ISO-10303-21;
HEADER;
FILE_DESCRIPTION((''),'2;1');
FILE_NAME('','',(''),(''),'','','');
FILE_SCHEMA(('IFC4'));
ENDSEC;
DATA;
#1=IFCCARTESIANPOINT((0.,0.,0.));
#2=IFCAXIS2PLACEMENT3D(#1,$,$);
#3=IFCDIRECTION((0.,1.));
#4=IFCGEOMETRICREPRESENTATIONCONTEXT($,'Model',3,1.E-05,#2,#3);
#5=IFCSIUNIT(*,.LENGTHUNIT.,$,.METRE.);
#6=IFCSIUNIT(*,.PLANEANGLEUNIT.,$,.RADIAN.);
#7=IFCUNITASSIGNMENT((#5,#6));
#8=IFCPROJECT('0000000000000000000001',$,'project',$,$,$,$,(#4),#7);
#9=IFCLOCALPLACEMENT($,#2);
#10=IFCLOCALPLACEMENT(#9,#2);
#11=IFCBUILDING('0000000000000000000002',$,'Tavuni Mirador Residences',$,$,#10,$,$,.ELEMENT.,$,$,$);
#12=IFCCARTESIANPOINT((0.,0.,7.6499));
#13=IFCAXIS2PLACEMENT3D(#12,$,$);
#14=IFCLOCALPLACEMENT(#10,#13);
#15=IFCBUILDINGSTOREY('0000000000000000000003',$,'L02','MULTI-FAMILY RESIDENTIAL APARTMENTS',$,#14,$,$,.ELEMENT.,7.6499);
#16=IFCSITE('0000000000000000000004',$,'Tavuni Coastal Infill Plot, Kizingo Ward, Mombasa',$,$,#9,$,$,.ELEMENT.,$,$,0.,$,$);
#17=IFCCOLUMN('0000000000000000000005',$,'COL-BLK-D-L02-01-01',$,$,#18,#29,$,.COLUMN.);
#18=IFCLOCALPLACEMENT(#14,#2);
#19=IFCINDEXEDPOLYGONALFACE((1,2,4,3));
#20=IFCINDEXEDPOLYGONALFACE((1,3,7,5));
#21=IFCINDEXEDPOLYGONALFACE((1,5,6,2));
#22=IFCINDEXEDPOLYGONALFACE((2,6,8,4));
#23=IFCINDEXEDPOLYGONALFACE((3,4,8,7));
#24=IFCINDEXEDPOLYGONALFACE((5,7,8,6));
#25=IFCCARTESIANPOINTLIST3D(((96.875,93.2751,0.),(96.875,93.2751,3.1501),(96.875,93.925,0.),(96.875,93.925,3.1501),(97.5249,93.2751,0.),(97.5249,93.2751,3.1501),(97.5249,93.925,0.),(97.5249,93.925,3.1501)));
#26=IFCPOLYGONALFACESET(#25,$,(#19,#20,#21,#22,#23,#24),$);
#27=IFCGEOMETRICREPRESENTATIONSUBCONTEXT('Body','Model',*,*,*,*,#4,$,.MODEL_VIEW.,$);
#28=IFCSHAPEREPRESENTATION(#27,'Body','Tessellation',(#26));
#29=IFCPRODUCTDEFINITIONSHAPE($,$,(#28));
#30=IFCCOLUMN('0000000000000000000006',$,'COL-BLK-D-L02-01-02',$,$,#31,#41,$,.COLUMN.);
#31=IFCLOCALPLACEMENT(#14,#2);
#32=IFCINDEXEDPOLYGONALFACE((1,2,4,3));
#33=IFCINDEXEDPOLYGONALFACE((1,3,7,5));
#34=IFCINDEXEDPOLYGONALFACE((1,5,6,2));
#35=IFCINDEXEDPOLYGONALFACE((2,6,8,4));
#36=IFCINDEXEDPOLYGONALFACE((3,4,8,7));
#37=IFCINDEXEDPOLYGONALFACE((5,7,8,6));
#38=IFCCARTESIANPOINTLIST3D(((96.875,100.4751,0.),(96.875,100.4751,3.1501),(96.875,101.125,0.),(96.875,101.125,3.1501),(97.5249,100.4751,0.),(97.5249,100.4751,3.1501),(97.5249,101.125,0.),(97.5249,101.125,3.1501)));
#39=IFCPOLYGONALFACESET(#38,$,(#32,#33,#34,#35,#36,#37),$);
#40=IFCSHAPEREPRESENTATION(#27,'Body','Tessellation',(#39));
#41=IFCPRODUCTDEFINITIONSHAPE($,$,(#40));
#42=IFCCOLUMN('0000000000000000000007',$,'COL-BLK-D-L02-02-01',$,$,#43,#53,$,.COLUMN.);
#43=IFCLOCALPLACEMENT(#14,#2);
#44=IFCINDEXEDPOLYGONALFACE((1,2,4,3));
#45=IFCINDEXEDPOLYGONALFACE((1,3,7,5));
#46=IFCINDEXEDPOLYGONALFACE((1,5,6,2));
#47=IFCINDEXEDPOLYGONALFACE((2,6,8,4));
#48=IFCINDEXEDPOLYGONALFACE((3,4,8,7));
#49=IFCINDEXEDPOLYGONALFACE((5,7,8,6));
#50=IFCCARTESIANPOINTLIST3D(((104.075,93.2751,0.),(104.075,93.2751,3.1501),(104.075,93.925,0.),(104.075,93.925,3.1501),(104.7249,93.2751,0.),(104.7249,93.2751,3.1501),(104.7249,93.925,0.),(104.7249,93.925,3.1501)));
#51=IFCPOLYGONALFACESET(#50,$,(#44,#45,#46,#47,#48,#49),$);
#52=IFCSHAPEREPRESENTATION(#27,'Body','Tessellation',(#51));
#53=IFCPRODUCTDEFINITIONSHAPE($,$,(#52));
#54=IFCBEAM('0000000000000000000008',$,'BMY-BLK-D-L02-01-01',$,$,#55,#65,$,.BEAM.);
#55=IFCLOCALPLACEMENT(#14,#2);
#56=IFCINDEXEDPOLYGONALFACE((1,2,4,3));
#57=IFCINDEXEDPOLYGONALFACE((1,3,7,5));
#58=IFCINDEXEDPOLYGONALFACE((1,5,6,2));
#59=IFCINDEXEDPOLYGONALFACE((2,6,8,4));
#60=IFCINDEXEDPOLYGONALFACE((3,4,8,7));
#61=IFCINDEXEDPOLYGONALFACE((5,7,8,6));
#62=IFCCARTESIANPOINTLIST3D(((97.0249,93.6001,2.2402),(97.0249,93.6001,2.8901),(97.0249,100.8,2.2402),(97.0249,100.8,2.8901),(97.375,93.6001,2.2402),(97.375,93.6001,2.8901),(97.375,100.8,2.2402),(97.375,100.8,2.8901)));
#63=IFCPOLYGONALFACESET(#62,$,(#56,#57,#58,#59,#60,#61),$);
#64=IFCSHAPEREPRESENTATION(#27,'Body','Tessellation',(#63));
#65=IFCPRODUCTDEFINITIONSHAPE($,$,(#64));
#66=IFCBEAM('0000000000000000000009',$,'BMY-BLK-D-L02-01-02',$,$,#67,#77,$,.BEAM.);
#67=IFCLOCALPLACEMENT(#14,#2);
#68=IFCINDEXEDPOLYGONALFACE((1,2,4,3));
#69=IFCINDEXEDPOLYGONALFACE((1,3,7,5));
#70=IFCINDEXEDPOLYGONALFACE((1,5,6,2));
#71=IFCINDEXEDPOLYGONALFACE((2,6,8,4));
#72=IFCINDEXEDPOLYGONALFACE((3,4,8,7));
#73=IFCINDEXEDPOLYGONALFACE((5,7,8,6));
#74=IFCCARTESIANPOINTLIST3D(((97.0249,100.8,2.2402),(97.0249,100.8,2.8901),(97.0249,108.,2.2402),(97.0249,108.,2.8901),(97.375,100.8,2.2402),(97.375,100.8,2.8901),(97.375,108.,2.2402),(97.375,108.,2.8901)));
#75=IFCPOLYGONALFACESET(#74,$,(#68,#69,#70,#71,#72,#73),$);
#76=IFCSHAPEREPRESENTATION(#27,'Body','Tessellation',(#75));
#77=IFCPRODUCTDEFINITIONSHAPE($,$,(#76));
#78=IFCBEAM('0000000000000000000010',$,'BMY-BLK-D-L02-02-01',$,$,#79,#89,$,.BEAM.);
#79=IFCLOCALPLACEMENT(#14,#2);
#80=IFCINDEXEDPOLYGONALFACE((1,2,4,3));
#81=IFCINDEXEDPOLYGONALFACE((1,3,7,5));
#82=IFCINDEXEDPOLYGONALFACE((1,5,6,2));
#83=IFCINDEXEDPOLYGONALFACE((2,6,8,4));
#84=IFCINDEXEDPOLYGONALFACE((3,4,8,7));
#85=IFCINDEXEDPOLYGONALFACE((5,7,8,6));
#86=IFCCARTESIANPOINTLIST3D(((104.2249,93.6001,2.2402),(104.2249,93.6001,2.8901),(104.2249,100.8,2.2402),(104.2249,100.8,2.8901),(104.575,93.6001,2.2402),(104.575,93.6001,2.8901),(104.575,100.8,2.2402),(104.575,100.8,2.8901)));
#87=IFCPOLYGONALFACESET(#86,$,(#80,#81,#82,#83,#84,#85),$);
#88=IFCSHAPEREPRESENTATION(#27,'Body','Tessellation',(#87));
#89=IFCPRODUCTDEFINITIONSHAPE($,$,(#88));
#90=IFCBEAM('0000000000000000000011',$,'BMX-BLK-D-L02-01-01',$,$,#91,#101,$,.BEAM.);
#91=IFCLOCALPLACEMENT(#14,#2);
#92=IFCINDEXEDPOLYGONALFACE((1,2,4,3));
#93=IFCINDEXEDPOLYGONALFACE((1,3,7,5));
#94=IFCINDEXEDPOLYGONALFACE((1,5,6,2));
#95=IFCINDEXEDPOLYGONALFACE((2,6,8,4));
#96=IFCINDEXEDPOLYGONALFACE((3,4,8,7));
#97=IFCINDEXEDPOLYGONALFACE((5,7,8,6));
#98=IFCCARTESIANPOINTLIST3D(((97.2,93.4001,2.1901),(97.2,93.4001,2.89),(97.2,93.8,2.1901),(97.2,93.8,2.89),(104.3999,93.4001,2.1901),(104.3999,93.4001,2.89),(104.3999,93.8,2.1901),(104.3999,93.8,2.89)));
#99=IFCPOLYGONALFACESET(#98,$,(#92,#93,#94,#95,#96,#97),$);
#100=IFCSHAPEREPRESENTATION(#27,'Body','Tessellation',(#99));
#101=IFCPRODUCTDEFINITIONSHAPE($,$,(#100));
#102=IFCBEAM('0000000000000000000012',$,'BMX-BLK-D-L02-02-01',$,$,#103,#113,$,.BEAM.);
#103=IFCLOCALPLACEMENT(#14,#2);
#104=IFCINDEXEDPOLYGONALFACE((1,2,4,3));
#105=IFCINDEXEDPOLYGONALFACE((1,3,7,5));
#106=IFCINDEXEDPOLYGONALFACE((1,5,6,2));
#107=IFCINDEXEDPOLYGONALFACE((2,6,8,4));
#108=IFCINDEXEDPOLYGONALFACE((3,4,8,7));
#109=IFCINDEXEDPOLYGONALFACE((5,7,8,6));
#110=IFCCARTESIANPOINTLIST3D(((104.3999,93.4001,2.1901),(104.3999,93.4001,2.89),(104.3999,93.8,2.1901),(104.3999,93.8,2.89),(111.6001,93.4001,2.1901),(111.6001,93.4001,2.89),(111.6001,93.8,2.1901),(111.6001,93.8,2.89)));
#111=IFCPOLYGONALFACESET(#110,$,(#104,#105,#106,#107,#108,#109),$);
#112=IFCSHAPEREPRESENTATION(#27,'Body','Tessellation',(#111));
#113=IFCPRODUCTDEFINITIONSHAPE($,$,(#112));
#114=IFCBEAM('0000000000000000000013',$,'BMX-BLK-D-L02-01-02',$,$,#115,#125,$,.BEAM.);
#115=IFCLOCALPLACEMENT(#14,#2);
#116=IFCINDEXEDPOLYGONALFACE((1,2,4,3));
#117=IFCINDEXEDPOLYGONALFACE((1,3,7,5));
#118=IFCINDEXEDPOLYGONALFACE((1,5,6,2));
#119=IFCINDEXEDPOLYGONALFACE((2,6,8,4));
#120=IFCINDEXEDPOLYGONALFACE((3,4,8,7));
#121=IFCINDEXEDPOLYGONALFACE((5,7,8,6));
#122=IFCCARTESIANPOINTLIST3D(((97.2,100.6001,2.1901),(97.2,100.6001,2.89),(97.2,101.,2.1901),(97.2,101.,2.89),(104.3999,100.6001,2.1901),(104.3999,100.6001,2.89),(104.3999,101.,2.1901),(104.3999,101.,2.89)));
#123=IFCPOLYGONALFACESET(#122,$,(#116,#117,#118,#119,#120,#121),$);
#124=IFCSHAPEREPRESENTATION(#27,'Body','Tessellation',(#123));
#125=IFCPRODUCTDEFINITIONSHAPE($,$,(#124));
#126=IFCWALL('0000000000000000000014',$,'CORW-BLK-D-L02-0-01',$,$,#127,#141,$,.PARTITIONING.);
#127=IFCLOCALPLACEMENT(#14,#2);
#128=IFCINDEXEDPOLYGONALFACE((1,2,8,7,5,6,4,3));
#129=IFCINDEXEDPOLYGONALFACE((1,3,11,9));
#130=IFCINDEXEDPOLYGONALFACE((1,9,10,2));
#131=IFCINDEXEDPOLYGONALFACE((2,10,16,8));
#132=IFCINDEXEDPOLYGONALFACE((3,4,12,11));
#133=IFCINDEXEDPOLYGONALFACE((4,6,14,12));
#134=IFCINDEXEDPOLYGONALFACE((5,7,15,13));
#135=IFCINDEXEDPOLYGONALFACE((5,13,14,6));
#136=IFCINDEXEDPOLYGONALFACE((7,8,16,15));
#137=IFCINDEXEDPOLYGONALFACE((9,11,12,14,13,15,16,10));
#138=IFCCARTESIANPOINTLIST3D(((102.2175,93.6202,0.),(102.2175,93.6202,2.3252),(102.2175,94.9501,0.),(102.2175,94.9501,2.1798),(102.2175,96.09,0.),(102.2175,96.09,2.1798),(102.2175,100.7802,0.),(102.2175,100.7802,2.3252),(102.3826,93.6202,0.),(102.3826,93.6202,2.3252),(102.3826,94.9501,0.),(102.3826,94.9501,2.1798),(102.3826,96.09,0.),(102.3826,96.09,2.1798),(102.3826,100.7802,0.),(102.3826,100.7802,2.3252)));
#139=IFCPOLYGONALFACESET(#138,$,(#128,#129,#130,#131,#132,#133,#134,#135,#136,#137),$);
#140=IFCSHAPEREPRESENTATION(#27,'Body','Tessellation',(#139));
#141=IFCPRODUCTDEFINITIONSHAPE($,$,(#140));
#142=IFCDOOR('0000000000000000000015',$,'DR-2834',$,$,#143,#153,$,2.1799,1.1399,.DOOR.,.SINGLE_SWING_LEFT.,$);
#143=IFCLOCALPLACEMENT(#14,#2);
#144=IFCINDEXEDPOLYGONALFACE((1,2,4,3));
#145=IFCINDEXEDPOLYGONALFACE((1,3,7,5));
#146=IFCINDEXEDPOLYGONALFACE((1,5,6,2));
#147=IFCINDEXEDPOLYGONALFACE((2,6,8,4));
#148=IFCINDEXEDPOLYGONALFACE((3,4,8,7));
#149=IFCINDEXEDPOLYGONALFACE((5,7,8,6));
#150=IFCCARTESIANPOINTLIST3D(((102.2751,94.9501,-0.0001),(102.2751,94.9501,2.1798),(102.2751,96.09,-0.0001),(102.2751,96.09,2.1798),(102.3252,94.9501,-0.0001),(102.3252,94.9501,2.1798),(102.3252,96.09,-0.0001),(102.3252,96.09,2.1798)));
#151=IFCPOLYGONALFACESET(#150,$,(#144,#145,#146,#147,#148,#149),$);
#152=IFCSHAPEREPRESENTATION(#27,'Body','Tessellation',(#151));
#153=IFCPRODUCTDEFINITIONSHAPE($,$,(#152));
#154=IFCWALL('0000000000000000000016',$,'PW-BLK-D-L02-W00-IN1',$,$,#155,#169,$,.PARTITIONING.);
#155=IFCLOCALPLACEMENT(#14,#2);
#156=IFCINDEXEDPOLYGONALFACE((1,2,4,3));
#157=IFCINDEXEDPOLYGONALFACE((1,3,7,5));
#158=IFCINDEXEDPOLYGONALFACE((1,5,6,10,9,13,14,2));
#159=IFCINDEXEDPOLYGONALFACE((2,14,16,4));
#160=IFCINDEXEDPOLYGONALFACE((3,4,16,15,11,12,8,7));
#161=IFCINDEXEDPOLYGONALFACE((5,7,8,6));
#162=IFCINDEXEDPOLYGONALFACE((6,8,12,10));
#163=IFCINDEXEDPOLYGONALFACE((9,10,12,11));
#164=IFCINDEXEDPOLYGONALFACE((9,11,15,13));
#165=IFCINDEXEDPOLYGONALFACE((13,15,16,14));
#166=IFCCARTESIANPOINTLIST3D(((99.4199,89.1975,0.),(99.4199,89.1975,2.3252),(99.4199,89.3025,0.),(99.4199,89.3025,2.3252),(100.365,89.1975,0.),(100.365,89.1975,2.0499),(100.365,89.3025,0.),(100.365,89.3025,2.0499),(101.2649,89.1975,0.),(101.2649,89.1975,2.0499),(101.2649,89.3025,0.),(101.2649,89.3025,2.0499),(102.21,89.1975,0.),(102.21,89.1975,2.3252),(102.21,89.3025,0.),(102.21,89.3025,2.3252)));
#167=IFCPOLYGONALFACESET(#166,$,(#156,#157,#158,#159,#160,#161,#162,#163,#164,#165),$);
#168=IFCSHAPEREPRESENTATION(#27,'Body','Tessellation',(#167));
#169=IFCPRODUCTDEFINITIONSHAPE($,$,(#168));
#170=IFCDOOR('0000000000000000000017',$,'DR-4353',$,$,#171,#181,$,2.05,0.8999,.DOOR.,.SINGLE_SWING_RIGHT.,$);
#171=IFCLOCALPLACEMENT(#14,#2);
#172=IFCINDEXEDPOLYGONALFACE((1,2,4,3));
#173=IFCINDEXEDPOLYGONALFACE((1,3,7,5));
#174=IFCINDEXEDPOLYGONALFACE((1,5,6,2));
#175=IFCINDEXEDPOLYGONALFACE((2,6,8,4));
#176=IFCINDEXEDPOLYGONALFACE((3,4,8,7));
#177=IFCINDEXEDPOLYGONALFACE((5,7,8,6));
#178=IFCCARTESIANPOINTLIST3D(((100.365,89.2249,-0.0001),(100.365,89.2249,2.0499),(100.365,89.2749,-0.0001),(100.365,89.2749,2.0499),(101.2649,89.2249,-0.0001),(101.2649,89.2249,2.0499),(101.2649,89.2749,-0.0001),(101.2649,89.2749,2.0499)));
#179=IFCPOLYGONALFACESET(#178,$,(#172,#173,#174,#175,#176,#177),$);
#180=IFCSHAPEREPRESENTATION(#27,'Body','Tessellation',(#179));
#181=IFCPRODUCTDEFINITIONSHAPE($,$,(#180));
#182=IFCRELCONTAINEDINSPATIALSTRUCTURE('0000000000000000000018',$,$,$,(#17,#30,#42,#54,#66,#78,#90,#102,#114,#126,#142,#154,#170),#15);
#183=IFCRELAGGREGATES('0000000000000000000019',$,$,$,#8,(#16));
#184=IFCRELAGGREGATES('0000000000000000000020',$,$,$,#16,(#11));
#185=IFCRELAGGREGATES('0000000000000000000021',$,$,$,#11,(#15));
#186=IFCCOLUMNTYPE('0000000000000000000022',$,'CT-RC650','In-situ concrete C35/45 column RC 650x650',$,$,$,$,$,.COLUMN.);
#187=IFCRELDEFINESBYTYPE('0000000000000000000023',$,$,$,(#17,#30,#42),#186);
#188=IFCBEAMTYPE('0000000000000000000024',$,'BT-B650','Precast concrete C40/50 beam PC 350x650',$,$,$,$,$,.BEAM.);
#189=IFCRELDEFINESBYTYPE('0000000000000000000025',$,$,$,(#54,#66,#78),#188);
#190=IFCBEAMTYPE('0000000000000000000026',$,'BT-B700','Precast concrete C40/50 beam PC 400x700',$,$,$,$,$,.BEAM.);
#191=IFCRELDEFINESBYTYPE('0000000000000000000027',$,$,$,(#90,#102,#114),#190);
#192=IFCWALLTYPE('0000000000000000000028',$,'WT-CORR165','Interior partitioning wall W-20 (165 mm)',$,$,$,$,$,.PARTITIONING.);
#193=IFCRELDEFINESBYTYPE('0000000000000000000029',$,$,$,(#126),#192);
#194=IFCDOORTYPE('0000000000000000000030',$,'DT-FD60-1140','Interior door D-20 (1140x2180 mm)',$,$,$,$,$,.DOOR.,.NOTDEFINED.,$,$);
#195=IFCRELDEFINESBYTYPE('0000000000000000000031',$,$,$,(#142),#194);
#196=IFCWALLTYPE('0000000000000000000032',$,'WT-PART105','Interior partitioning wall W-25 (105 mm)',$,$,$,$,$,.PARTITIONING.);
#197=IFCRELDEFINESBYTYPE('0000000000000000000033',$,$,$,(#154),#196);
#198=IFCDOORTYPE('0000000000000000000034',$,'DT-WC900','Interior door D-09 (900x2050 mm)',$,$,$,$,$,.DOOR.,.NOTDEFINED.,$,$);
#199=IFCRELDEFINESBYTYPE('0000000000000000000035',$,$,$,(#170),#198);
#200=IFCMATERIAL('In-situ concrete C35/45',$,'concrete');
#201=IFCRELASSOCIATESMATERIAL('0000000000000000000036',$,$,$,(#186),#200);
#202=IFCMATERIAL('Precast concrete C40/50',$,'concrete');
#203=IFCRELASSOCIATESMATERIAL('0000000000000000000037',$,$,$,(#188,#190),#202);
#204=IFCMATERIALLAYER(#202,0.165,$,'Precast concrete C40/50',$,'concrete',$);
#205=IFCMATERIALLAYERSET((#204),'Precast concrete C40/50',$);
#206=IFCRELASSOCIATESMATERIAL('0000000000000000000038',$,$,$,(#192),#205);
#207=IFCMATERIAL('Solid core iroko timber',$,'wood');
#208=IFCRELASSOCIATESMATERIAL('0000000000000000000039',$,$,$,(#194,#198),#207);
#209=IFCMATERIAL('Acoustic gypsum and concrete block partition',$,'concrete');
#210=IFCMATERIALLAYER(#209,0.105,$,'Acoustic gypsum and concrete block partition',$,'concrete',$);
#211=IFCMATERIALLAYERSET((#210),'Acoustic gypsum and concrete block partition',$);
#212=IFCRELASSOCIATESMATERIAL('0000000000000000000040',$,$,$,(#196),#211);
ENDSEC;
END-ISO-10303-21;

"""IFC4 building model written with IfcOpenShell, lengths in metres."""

from ifc_helpers import new_model, si_unit, direction, frame, frame_2d, origin, origin_2d, place, context, subcontext, project, spatial, rectangle, extrude, material, layer, layer_set, material_profile, profile_set, type_object, element, fill, save


model = new_model("IFC4")

# Units and contexts
model_context = context("Model", 3, precision=1e-05, world=origin(), true_north=direction((0.0, 1.0)))
body_context = subcontext(model_context, "Body", "Model", "MODEL_VIEW")
ifc_project = project(units=[si_unit("LENGTHUNIT", "METRE"), si_unit("PLANEANGLEUNIT", "RADIAN")], contexts=[model_context])

# Site, building, storey
site_placement = place(None, origin())
site = spatial("IfcSite", under=ifc_project, at=site_placement, Name="Tavuni Coastal Infill Plot, Kizingo Ward, Mombasa", CompositionType="ELEMENT", RefElevation=0.0)
building_placement = place(site_placement, origin())
building = spatial("IfcBuilding", under=site, at=building_placement, Name="Tavuni Mirador Residences", CompositionType="ELEMENT")
storey_placement = place(building_placement, frame((0.0, 0.0, 7.6499)))
storey = spatial("IfcBuildingStorey", under=building, at=storey_placement, Name="L02", Description="MULTI-FAMILY RESIDENTIAL APARTMENTS", CompositionType="ELEMENT", Elevation=7.6499)

# Columns
ifc_material_1 = material(Name="In-situ concrete C35/45", Category="concrete")
ifc_material_profile_1 = material_profile(ifc_material_1, rectangle(XDim=0.6499, YDim=0.6499, at=origin_2d()), Name="RC 650x650", Category="concrete")
ifc_profile_set_1 = profile_set([ifc_material_profile_1], Name="In-situ concrete C35/45")
column_type = type_object("IfcColumnType", Name="CT-RC650", Description="In-situ concrete C35/45 column RC 650x650", PredefinedType="COLUMN", material=ifc_profile_set_1)
for number, where, z_axis, x_axis, name in (
    (1, (97.2, 93.6001, 0.0), (0.0, 0.0, 1.0), (1.0, 0.0, 0.0), "COL-BLK-D-L02-01-01"),
    (2, (97.2, 100.8, 0.0), (0.0, 0.0, 1.0), (1.0, 0.0, 0.0), "COL-BLK-D-L02-01-02"),
    (3, (104.3999, 93.6001, 0.0), (0.0, 0.0, 1.0), (1.0, 0.0, 0.0), "COL-BLK-D-L02-02-01"),
):
    element("IfcColumn", number, at=place(storey_placement, frame(where, z_axis=z_axis, x_axis=x_axis)), inside=storey, type_object=column_type, Name=name, PredefinedType="COLUMN", context=body_context, shape_type="SweptSolid", body=[
        extrude(rectangle(XDim=0.6499, YDim=0.6499, at=origin_2d()), origin(), (0.0, 0.0, 1.0), 3.1501),
    ])

# Beams
ifc_material_2 = material(Name="Precast concrete C40/50", Category="concrete")
ifc_material_profile_2 = material_profile(ifc_material_2, rectangle(XDim=0.3501, YDim=0.6499, at=origin_2d()), Name="PC 350x650", Category="concrete")
ifc_profile_set_2 = profile_set([ifc_material_profile_2], Name="Precast concrete C40/50")
beam_type_1 = type_object("IfcBeamType", Name="BT-B650", Description="Precast concrete C40/50 beam PC 350x650", PredefinedType="BEAM", material=ifc_profile_set_2)
for number, where, z_axis, x_axis, name in (
    (4, (97.2, 93.6001, 2.5652), (0.0, 1.0, 0.0), (-1.0, 0.0, 0.0), "BMY-BLK-D-L02-01-01"),
    (5, (97.2, 100.8, 2.5652), (0.0, 1.0, 0.0), (-1.0, 0.0, 0.0), "BMY-BLK-D-L02-01-02"),
    (6, (104.3999, 93.6001, 2.5652), (0.0, 1.0, 0.0), (-1.0, 0.0, 0.0), "BMY-BLK-D-L02-02-01"),
):
    element("IfcBeam", number, at=place(storey_placement, frame(where, z_axis=z_axis, x_axis=x_axis)), inside=storey, type_object=beam_type_1, Name=name, PredefinedType="BEAM", context=body_context, shape_type="SweptSolid", body=[
        extrude(rectangle(XDim=0.3501, YDim=0.6499, at=origin_2d()), origin(), (0.0, 0.0, 1.0), 7.2),
    ])
ifc_material_profile_3 = material_profile(ifc_material_2, rectangle(XDim=0.3999, YDim=0.7, at=origin_2d()), Name="PC 400x700", Category="concrete")
ifc_profile_set_3 = profile_set([ifc_material_profile_3], Name="Precast concrete C40/50")
beam_type_2 = type_object("IfcBeamType", Name="BT-B700", Description="Precast concrete C40/50 beam PC 400x700", PredefinedType="BEAM", material=ifc_profile_set_3)
beam_1_placement = place(storey_placement, frame((97.2, 93.6001, 2.54), z_axis=(1.0, 0.0, 0.0), x_axis=(0.0, 1.0, 0.0)))
element("IfcBeam", 7, at=beam_1_placement, inside=storey, type_object=beam_type_2, Name="BMX-BLK-D-L02-01-01", PredefinedType="BEAM", context=body_context, shape_type="SweptSolid", body=[
    extrude(rectangle(XDim=0.3999, YDim=0.7, at=origin_2d()), origin(), (0.0, 0.0, 1.0), 7.2),
])
beam_2_placement = place(storey_placement, frame((104.3999, 93.6001, 2.54), z_axis=(1.0, 0.0, 0.0), x_axis=(0.0, 1.0, 0.0)))
element("IfcBeam", 8, at=beam_2_placement, inside=storey, type_object=beam_type_2, Name="BMX-BLK-D-L02-02-01", PredefinedType="BEAM", context=body_context, shape_type="SweptSolid", body=[
    extrude(rectangle(XDim=0.3999, YDim=0.7, at=origin_2d()), origin(), (0.0, 0.0, 1.0), 7.2002),
])
beam_3_placement = place(storey_placement, frame((97.2, 100.8, 2.54), z_axis=(1.0, 0.0, 0.0), x_axis=(0.0, 1.0, 0.0)))
element("IfcBeam", 9, at=beam_3_placement, inside=storey, type_object=beam_type_2, Name="BMX-BLK-D-L02-01-02", PredefinedType="BEAM", context=body_context, shape_type="SweptSolid", body=[
    extrude(rectangle(XDim=0.3999, YDim=0.7, at=origin_2d()), origin(), (0.0, 0.0, 1.0), 7.2),
])

# Walls, openings, doors
ifc_layer_1 = layer(ifc_material_2, 0.165, Name="Precast concrete C40/50", Category="concrete")
ifc_layer_set_1 = layer_set([ifc_layer_1], Name="Precast concrete C40/50")
wall_type_1 = type_object("IfcWallType", Name="WT-CORR165", Description="Interior partitioning wall W-20 (165 mm)", PredefinedType="PARTITIONING", material=ifc_layer_set_1)
wall_1_placement = place(storey_placement, frame((102.3, 93.6201, 0.0), z_axis=(0.0, 0.0, 1.0), x_axis=(0.0, 1.0, 0.0)))
wall_1 = element("IfcWall", 10, at=wall_1_placement, inside=storey, type_object=wall_type_1, Name="CORW-BLK-D-L02-0-01", PredefinedType="PARTITIONING", context=body_context, shape_type="SweptSolid", body=[
    extrude(rectangle(XDim=7.1599, YDim=0.165, at=frame_2d((3.5801, 0.0))), origin(), (0.0, 0.0, 1.0), 2.3252),
])
opening_1_placement = place(wall_1_placement, frame((1.3301, 0.0, 0.0)))
opening_1 = element("IfcOpeningElement", 11, at=opening_1_placement, cuts=wall_1, PredefinedType="OPENING", context=body_context, shape_type="SweptSolid", body=[
    extrude(rectangle(XDim=1.1399, YDim=2.1799, at=frame_2d((0.5698, 1.0898))), frame((0.0, 0.0925, 0.0), z_axis=(0.0, -1.0, 0.0), x_axis=(1.0, 0.0, 0.0)), (0.0, 0.0, 1.0), 0.1851),
])
ifc_material_3 = material(Name="Solid core iroko timber", Category="wood")
door_type_1 = type_object("IfcDoorType", Name="DT-FD60-1140", Description="Interior door D-20 (1140x2180 mm)", OperationType="NOTDEFINED", PredefinedType="DOOR", material=ifc_material_3)
door_1_placement = place(opening_1_placement, origin())
door_1 = element("IfcDoor", 12, at=door_1_placement, inside=storey, type_object=door_type_1, Name="DR-2834", OperationType="SINGLE_SWING_LEFT", OverallHeight=2.1799, OverallWidth=1.1399, PredefinedType="DOOR", context=body_context, shape_type="SweptSolid", body=[
    extrude(rectangle(XDim=1.1399, YDim=2.1799, at=frame_2d((0.5698, 1.0898))), frame((0.0, 0.0249, 0.0), z_axis=(0.0, -1.0, 0.0), x_axis=(1.0, 0.0, 0.0)), (0.0, 0.0, 1.0), 0.05),
])
fill(opening_1, door_1)
ifc_material_4 = material(Name="Acoustic gypsum and concrete block partition", Category="concrete")
ifc_layer_2 = layer(ifc_material_4, 0.105, Name="Acoustic gypsum and concrete block partition", Category="concrete")
ifc_layer_set_2 = layer_set([ifc_layer_2], Name="Acoustic gypsum and concrete block partition")
wall_type_2 = type_object("IfcWallType", Name="WT-PART105", Description="Interior partitioning wall W-25 (105 mm)", PredefinedType="PARTITIONING", material=ifc_layer_set_2)
wall_2_placement = place(storey_placement, frame((99.4199, 89.25, 0.0), z_axis=(0.0, 0.0, 1.0), x_axis=(1.0, 0.0, 0.0)))
wall_2 = element("IfcWall", 13, at=wall_2_placement, inside=storey, type_object=wall_type_2, Name="PW-BLK-D-L02-W00-IN1", PredefinedType="PARTITIONING", context=body_context, shape_type="SweptSolid", body=[
    extrude(rectangle(XDim=2.79, YDim=0.105, at=frame_2d((1.395, 0.0))), origin(), (0.0, 0.0, 1.0), 2.3252),
])
opening_2_placement = place(wall_2_placement, frame((0.9451, 0.0, 0.0)))
opening_2 = element("IfcOpeningElement", 14, at=opening_2_placement, cuts=wall_2, PredefinedType="OPENING", context=body_context, shape_type="SweptSolid", body=[
    extrude(rectangle(XDim=0.8999, YDim=2.05, at=frame_2d((0.45, 1.0249))), frame((0.0, 0.0625, 0.0), z_axis=(0.0, -1.0, 0.0), x_axis=(1.0, 0.0, 0.0)), (0.0, 0.0, 1.0), 0.125),
])
door_type_2 = type_object("IfcDoorType", Name="DT-WC900", Description="Interior door D-09 (900x2050 mm)", OperationType="NOTDEFINED", PredefinedType="DOOR", material=ifc_material_3)
door_2_placement = place(opening_2_placement, origin())
door_2 = element("IfcDoor", 15, at=door_2_placement, inside=storey, type_object=door_type_2, Name="DR-4353", OperationType="SINGLE_SWING_RIGHT", OverallHeight=2.05, OverallWidth=0.8999, PredefinedType="DOOR", context=body_context, shape_type="SweptSolid", body=[
    extrude(rectangle(XDim=0.8999, YDim=2.05, at=frame_2d((0.45, 1.0249))), frame((0.0, 0.0249, 0.0), z_axis=(0.0, -1.0, 0.0), x_axis=(1.0, 0.0, 0.0)), (0.0, 0.0, 1.0), 0.05),
])
fill(opening_2, door_2)

save(model, "model.ifc")
